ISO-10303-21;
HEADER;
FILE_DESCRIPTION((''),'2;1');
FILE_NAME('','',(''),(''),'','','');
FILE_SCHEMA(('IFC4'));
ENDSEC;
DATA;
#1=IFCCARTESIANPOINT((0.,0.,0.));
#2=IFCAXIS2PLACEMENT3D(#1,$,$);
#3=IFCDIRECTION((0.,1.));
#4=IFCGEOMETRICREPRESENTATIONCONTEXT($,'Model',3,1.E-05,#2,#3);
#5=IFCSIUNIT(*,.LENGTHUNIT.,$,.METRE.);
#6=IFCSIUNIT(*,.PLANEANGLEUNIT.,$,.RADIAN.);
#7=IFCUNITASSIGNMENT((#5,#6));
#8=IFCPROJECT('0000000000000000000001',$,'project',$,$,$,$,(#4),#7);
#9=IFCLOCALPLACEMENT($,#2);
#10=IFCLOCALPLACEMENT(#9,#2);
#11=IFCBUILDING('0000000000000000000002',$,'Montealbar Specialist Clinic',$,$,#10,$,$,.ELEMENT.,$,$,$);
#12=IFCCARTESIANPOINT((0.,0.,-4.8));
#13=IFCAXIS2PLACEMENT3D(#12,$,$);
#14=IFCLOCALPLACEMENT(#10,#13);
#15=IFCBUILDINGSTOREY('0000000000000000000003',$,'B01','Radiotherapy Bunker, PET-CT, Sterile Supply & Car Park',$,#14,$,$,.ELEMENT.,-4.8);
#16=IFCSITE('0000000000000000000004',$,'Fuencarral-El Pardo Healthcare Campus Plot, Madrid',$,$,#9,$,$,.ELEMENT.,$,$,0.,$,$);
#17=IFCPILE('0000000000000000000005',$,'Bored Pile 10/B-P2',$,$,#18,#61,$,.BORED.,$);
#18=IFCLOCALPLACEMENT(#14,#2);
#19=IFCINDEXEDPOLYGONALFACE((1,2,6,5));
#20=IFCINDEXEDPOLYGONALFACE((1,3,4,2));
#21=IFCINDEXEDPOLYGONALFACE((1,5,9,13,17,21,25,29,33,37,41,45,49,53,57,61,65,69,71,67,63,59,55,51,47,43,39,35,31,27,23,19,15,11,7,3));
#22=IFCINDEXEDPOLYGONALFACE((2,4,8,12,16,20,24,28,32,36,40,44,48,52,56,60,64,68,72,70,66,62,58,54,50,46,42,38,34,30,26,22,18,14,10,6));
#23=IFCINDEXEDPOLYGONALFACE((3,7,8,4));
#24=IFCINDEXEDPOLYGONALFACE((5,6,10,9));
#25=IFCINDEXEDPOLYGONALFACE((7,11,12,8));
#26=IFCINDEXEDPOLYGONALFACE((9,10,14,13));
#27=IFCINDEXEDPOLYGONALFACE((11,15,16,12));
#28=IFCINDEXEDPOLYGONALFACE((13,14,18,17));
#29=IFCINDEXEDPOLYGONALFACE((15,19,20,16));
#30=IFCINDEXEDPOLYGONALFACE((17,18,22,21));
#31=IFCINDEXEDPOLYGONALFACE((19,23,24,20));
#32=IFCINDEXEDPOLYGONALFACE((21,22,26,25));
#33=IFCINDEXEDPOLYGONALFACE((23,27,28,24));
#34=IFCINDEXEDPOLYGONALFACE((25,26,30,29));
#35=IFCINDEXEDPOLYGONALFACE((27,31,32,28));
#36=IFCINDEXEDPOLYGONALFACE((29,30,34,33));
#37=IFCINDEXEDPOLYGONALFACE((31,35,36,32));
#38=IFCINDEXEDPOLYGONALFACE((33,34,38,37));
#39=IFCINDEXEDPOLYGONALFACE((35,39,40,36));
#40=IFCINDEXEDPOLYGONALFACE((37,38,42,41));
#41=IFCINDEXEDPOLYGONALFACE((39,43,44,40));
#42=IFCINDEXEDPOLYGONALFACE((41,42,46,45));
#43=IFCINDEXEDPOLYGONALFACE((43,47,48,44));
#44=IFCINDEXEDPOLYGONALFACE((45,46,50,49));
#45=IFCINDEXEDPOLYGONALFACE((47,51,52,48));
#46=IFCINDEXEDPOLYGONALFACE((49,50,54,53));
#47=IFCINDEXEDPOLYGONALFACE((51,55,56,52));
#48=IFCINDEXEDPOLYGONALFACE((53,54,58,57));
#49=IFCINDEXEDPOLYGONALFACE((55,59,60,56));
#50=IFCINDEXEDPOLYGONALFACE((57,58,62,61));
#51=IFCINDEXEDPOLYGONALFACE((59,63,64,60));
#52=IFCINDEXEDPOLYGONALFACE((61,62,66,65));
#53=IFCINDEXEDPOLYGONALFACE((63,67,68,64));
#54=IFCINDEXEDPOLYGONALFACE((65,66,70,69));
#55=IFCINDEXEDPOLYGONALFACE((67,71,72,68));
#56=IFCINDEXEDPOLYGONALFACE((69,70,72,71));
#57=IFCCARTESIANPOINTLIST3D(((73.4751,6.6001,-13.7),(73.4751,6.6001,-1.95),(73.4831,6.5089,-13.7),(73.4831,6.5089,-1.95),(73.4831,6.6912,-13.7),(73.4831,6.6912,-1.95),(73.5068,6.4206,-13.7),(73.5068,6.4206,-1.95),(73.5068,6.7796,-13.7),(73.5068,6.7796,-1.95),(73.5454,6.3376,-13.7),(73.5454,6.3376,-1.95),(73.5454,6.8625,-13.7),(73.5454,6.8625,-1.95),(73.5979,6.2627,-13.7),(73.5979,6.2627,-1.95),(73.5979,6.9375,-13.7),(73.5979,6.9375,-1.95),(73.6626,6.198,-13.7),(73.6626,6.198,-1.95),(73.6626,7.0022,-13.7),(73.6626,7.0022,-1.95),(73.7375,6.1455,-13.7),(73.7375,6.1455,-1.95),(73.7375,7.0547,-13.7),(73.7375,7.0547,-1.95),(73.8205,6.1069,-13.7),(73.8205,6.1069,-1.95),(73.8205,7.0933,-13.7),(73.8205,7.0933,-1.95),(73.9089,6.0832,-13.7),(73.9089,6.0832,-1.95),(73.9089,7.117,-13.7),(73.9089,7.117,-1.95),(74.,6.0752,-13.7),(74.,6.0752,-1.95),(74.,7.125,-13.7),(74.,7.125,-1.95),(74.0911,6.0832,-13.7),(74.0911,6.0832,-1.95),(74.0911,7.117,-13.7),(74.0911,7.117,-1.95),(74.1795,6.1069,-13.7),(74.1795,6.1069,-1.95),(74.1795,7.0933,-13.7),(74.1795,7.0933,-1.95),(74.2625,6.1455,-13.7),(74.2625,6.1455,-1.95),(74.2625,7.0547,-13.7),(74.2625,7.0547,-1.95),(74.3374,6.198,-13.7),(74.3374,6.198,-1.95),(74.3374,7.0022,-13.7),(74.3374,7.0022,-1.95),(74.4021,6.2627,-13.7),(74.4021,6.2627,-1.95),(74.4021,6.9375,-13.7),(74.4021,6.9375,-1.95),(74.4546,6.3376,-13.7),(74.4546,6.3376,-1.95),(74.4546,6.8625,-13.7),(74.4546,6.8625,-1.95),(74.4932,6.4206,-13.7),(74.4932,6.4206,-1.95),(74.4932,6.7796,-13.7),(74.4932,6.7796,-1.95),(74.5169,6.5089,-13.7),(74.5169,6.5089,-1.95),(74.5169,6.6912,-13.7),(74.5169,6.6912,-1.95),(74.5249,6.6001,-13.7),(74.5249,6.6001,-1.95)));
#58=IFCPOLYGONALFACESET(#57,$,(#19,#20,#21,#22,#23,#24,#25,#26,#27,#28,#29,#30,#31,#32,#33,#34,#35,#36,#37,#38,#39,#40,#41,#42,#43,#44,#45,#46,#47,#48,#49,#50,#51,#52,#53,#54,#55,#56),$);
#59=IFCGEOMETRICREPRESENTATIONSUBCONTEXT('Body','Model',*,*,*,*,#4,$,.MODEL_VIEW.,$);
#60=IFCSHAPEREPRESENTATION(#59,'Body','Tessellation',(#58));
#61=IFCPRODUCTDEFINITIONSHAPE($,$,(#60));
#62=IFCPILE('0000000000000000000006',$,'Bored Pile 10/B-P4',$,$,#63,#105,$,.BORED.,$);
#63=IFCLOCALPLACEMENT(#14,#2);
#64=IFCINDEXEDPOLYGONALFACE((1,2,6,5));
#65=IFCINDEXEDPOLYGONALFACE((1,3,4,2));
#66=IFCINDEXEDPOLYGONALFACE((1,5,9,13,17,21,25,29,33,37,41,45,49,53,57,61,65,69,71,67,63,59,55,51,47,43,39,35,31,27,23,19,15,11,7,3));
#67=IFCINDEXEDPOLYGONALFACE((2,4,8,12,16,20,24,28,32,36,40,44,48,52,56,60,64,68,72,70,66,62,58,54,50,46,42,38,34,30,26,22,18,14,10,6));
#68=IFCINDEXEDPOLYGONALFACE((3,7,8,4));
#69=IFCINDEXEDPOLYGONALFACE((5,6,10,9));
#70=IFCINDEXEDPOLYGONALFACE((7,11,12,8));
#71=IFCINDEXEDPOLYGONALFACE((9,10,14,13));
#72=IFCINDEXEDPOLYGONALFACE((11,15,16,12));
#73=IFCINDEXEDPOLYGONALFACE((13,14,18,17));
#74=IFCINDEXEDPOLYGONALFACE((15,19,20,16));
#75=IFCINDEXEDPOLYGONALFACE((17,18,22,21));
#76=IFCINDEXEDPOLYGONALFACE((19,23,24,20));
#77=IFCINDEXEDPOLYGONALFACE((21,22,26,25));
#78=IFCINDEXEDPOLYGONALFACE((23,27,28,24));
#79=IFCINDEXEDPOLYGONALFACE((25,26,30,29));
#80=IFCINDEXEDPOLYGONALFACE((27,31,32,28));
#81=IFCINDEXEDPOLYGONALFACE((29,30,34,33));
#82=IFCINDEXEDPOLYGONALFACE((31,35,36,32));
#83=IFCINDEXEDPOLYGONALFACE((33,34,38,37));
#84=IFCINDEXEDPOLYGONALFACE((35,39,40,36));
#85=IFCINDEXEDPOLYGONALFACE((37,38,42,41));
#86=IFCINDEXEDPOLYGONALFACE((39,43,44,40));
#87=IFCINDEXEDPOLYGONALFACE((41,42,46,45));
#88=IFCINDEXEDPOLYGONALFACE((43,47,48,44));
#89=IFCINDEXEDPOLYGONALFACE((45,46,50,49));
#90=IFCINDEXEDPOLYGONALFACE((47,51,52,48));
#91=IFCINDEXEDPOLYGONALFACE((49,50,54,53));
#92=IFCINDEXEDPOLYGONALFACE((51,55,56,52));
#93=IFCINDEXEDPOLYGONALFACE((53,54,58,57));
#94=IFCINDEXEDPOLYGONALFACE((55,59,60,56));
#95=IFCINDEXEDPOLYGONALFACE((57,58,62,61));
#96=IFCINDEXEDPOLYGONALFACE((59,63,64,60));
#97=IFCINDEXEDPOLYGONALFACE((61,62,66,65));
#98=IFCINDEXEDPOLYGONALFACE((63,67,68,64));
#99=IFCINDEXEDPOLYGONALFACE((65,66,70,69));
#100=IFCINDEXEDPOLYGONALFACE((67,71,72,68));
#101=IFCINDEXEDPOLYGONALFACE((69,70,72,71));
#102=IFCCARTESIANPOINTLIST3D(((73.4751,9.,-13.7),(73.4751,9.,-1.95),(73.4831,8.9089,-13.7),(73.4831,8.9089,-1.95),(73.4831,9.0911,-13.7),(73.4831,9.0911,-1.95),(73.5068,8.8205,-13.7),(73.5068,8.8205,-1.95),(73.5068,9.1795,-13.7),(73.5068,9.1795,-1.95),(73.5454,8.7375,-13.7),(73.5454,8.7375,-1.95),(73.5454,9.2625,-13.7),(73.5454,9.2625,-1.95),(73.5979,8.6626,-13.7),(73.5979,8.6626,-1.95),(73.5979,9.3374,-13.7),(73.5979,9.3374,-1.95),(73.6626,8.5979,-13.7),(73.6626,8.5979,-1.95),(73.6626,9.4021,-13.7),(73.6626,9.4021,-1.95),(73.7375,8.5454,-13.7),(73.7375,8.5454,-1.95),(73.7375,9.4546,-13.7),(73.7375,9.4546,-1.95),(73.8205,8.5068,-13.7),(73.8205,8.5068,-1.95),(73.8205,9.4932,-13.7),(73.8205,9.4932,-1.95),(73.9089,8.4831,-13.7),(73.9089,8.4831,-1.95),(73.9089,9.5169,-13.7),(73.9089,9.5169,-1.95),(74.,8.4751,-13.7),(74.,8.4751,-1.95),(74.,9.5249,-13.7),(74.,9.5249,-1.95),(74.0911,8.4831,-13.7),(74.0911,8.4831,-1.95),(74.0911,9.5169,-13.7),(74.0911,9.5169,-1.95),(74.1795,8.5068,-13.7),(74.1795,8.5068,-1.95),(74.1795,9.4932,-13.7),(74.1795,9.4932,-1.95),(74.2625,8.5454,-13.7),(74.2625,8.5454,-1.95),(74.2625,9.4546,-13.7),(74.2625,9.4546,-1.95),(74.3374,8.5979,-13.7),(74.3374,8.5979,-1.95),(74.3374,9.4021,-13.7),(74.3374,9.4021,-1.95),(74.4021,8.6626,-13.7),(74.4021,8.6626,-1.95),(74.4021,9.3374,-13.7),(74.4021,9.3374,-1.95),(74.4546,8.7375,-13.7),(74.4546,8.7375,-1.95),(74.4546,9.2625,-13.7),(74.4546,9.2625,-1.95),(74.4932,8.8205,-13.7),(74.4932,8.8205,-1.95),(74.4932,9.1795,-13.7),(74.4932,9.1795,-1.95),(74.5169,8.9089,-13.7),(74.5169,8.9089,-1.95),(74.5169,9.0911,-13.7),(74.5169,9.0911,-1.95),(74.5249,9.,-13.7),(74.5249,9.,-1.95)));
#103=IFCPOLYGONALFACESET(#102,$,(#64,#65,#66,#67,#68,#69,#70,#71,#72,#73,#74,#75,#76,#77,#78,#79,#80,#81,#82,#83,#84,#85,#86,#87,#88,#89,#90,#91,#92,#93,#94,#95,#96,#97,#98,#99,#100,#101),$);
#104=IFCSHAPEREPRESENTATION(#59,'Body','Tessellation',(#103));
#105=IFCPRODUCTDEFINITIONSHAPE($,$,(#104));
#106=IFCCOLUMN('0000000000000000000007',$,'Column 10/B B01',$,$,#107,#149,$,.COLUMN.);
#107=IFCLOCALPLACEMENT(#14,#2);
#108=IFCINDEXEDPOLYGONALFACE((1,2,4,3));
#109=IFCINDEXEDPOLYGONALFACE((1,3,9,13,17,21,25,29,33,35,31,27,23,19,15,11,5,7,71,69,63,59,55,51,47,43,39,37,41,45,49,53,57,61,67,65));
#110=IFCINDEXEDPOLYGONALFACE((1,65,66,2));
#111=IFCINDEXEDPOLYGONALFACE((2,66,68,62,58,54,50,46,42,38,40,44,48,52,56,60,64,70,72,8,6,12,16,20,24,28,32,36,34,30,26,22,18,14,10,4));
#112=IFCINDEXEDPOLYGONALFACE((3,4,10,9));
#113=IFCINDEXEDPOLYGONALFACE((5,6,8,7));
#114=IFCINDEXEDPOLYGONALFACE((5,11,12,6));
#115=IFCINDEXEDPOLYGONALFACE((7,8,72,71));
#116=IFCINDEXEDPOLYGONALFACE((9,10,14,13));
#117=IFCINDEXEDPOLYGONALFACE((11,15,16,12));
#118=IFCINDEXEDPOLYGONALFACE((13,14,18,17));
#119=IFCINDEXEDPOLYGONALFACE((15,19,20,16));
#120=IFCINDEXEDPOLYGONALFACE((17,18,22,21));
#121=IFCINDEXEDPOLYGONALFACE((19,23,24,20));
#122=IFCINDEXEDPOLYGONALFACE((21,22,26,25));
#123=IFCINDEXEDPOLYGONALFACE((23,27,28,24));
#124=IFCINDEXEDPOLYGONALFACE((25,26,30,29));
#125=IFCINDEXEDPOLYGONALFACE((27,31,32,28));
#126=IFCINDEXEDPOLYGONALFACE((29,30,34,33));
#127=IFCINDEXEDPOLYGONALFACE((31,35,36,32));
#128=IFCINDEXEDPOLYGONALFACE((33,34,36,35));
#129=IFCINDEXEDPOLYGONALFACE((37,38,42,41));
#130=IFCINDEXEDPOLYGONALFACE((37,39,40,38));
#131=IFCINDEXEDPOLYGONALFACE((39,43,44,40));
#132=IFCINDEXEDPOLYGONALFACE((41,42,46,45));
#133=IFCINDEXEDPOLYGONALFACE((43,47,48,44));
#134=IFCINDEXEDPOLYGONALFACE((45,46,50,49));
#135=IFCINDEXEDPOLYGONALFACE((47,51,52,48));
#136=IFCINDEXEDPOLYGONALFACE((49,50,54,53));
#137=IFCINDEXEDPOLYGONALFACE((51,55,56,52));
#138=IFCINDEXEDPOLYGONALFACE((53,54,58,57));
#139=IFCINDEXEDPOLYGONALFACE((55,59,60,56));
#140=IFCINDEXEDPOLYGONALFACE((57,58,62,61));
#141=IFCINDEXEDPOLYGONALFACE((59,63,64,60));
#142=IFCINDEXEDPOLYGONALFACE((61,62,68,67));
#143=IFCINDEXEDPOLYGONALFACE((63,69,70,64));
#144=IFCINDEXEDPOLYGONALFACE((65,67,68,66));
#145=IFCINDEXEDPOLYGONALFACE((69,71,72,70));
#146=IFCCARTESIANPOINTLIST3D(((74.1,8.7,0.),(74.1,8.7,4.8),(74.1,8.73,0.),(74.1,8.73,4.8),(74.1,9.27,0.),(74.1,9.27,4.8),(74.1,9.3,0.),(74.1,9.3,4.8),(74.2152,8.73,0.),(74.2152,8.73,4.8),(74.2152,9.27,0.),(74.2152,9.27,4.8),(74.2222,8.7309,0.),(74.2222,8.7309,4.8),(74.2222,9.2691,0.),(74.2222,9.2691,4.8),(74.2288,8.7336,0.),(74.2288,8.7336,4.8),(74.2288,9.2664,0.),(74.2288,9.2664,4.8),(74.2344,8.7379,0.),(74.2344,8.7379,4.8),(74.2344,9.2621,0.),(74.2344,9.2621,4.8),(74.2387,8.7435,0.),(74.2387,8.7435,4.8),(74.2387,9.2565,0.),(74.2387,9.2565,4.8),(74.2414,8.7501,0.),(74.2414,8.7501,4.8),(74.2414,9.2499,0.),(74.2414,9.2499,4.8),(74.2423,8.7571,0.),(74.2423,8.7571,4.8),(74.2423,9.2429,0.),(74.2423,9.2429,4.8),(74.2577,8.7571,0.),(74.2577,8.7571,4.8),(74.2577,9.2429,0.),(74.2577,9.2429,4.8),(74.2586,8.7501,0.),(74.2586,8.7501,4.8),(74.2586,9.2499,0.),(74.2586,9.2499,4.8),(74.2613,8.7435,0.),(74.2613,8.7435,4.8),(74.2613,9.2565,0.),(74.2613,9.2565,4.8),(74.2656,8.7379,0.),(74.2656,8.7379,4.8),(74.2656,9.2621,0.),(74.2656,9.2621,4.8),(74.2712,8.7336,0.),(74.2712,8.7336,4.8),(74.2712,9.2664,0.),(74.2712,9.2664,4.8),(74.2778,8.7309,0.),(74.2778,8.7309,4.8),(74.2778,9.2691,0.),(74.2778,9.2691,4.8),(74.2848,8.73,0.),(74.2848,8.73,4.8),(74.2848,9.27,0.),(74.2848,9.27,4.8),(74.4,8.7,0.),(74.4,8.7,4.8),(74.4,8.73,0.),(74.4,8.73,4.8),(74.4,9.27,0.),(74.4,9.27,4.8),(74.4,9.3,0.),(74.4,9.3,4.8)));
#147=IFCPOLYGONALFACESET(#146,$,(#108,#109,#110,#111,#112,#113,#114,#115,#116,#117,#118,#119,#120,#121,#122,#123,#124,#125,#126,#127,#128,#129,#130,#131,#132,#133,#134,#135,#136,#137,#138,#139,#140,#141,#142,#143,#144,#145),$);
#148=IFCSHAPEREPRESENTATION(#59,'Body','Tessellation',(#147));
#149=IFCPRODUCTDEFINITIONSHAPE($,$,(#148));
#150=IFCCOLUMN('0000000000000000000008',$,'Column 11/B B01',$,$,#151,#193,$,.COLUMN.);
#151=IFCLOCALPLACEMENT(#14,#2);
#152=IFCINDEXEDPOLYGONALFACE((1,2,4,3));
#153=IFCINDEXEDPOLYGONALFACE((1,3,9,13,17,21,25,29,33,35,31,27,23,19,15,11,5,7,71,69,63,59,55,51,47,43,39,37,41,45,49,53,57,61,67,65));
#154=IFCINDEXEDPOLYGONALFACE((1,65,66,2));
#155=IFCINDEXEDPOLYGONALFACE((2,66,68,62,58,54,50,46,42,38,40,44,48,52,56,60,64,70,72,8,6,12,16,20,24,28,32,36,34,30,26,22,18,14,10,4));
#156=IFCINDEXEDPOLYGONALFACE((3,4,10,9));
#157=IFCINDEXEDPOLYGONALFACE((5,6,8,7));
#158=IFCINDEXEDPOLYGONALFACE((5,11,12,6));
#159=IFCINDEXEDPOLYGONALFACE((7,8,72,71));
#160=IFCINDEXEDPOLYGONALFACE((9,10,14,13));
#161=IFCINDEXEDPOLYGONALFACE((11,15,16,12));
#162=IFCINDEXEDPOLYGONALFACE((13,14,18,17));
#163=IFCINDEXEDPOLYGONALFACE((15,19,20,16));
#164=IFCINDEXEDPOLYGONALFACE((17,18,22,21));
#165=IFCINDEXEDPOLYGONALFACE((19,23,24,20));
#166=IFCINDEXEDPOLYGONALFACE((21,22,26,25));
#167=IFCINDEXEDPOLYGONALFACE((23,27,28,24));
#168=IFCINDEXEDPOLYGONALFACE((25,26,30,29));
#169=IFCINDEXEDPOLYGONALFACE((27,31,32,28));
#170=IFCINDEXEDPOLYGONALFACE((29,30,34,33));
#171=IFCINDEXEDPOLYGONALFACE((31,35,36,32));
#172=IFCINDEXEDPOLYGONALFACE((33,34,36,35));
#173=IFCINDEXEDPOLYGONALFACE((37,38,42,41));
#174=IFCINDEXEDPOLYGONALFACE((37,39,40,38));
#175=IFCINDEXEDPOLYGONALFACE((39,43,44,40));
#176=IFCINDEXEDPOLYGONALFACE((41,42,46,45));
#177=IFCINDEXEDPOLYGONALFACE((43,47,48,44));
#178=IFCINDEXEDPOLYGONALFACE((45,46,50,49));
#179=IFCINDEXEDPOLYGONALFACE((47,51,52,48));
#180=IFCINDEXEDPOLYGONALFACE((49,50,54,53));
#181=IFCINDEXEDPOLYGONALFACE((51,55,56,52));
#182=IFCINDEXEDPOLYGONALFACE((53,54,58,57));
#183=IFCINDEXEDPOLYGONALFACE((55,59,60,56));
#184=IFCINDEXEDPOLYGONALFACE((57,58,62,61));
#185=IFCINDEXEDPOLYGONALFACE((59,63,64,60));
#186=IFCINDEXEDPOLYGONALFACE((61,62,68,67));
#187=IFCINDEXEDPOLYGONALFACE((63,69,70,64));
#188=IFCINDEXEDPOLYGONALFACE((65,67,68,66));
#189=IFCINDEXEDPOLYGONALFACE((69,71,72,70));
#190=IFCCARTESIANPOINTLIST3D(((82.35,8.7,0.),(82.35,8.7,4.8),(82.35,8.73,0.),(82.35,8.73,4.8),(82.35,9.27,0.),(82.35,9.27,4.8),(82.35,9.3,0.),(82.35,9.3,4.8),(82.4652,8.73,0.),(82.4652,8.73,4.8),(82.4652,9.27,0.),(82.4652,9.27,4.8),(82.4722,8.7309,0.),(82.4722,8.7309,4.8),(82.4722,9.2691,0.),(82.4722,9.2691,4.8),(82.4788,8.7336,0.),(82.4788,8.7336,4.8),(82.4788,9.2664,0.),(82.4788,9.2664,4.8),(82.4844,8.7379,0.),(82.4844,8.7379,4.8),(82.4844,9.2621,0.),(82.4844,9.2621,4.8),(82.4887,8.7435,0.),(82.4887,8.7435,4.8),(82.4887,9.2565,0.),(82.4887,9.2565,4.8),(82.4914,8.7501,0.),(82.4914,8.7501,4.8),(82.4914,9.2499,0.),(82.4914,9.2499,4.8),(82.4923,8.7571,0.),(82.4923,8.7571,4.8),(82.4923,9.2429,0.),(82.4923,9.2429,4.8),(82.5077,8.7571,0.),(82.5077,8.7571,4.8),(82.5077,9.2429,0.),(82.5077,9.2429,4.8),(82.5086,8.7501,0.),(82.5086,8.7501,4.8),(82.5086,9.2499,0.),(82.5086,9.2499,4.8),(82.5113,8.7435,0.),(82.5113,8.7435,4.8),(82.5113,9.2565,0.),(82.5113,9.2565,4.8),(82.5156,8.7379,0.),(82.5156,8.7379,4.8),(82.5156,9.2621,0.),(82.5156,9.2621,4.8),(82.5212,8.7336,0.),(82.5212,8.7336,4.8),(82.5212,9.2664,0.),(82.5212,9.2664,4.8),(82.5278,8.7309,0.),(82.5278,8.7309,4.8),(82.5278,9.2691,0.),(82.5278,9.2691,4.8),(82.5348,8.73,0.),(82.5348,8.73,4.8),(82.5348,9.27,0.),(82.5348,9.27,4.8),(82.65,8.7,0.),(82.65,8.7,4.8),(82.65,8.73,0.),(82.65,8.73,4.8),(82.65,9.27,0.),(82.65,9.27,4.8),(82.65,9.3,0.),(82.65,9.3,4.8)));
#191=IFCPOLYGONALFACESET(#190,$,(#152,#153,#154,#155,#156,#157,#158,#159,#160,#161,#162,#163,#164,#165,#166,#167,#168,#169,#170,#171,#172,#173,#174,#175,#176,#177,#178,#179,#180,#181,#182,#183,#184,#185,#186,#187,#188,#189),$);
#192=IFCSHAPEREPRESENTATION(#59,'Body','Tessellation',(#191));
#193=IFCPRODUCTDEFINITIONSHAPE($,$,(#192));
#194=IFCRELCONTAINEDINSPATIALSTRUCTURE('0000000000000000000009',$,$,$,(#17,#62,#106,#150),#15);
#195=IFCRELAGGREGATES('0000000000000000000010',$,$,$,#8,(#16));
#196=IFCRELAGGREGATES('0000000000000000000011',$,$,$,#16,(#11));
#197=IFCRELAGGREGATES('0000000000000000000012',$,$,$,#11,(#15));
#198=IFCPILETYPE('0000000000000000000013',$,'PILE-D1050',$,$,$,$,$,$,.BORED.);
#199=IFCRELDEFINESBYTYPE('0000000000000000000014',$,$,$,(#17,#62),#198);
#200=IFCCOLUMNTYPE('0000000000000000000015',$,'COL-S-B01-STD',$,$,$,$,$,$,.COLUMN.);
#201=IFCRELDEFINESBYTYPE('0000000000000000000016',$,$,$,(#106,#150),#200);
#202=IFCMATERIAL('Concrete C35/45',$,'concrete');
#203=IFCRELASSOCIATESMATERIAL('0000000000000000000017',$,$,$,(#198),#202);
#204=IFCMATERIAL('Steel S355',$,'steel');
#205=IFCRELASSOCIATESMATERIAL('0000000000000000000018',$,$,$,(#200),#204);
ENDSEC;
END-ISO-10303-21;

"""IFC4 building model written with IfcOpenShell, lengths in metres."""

from ifc_helpers import new_model, si_unit, direction, frame, origin, origin_2d, place, context, subcontext, project, spatial, circle, i_section, extrude, material, material_profile, profile_set, type_object, element, save


model = new_model("IFC4")

# Units and contexts
model_context = context("Model", 3, precision=1e-05, world=origin(), true_north=direction((0.0, 1.0)))
body_context = subcontext(model_context, "Body", "Model", "MODEL_VIEW")
ifc_project = project(units=[si_unit("LENGTHUNIT", "METRE"), si_unit("PLANEANGLEUNIT", "RADIAN")], contexts=[model_context])

# Site, building, storey
site_placement = place(None, origin())
site = spatial("IfcSite", under=ifc_project, at=site_placement, Name="Fuencarral-El Pardo Healthcare Campus Plot, Madrid", CompositionType="ELEMENT", RefElevation=0.0)
building_placement = place(site_placement, origin())
building = spatial("IfcBuilding", under=site, at=building_placement, Name="Montealbar Specialist Clinic", CompositionType="ELEMENT")
storey_placement = place(building_placement, frame((0.0, 0.0, -4.8)))
storey = spatial("IfcBuildingStorey", under=building, at=storey_placement, Name="B01", Description="Radiotherapy Bunker, PET-CT, Sterile Supply & Car Park", CompositionType="ELEMENT", Elevation=-4.8)

# Shared definitions
ifc_material_1 = material(Name="Concrete C35/45", Category="concrete")

# Piles
ifc_material_profile_1 = material_profile(ifc_material_1, circle(Radius=0.5249, at=origin_2d()), Name="PILE D1050", Category="concrete")
ifc_profile_set_1 = profile_set([ifc_material_profile_1], Name="Concrete C35/45")
pile_type = type_object("IfcPileType", Name="PILE-D1050", PredefinedType="BORED", material=ifc_profile_set_1)
for number, where, z_axis, x_axis, name in (
    (1, (74.0, 6.6001, -1.95), (0.0, 0.0, -1.0), (1.0, 0.0, 0.0), "Bored Pile 10/B-P2"),
    (2, (74.0, 9.0, -1.95), (0.0, 0.0, -1.0), (1.0, 0.0, 0.0), "Bored Pile 10/B-P4"),
):
    element("IfcPile", number, at=place(storey_placement, frame(where, z_axis=z_axis, x_axis=x_axis)), inside=storey, type_object=pile_type, Name=name, PredefinedType="BORED", context=body_context, shape_type="SweptSolid", body=[
        extrude(circle(Radius=0.5249, at=origin_2d()), origin(), (0.0, 0.0, 1.0), 11.75),
    ])

# Columns
ifc_material_2 = material(Name="Steel S355", Category="steel")
ifc_material_profile_2 = material_profile(ifc_material_2, i_section(OverallWidth=0.3, OverallDepth=0.6001, WebThickness=0.0154, FlangeThickness=0.03, FilletRadius=0.0271, at=origin_2d()), Name="HEB 600", Category="steel")
ifc_profile_set_2 = profile_set([ifc_material_profile_2], Name="Steel S355")
column_type_1 = type_object("IfcColumnType", Name="COL-S-B01-STD", PredefinedType="COLUMN", material=ifc_profile_set_2)
for number, where, z_axis, x_axis, name in (
    (3, (74.25, 9.0, 0.0), (0.0, 0.0, 1.0), (1.0, 0.0, 0.0), "Column 10/B B01"),
    (4, (82.5, 9.0, 0.0), (0.0, 0.0, 1.0), (1.0, 0.0, 0.0), "Column 11/B B01"),
):
    element("IfcColumn", number, at=place(storey_placement, frame(where, z_axis=z_axis, x_axis=x_axis)), inside=storey, type_object=column_type_1, Name=name, PredefinedType="COLUMN", context=body_context, shape_type="SweptSolid", body=[
        extrude(i_section(OverallWidth=0.3, OverallDepth=0.6001, WebThickness=0.0154, FlangeThickness=0.03, FilletRadius=0.0271, at=origin_2d()), origin(), (0.0, 0.0, 1.0), 4.8),
    ])

save(model, "model.ifc")
